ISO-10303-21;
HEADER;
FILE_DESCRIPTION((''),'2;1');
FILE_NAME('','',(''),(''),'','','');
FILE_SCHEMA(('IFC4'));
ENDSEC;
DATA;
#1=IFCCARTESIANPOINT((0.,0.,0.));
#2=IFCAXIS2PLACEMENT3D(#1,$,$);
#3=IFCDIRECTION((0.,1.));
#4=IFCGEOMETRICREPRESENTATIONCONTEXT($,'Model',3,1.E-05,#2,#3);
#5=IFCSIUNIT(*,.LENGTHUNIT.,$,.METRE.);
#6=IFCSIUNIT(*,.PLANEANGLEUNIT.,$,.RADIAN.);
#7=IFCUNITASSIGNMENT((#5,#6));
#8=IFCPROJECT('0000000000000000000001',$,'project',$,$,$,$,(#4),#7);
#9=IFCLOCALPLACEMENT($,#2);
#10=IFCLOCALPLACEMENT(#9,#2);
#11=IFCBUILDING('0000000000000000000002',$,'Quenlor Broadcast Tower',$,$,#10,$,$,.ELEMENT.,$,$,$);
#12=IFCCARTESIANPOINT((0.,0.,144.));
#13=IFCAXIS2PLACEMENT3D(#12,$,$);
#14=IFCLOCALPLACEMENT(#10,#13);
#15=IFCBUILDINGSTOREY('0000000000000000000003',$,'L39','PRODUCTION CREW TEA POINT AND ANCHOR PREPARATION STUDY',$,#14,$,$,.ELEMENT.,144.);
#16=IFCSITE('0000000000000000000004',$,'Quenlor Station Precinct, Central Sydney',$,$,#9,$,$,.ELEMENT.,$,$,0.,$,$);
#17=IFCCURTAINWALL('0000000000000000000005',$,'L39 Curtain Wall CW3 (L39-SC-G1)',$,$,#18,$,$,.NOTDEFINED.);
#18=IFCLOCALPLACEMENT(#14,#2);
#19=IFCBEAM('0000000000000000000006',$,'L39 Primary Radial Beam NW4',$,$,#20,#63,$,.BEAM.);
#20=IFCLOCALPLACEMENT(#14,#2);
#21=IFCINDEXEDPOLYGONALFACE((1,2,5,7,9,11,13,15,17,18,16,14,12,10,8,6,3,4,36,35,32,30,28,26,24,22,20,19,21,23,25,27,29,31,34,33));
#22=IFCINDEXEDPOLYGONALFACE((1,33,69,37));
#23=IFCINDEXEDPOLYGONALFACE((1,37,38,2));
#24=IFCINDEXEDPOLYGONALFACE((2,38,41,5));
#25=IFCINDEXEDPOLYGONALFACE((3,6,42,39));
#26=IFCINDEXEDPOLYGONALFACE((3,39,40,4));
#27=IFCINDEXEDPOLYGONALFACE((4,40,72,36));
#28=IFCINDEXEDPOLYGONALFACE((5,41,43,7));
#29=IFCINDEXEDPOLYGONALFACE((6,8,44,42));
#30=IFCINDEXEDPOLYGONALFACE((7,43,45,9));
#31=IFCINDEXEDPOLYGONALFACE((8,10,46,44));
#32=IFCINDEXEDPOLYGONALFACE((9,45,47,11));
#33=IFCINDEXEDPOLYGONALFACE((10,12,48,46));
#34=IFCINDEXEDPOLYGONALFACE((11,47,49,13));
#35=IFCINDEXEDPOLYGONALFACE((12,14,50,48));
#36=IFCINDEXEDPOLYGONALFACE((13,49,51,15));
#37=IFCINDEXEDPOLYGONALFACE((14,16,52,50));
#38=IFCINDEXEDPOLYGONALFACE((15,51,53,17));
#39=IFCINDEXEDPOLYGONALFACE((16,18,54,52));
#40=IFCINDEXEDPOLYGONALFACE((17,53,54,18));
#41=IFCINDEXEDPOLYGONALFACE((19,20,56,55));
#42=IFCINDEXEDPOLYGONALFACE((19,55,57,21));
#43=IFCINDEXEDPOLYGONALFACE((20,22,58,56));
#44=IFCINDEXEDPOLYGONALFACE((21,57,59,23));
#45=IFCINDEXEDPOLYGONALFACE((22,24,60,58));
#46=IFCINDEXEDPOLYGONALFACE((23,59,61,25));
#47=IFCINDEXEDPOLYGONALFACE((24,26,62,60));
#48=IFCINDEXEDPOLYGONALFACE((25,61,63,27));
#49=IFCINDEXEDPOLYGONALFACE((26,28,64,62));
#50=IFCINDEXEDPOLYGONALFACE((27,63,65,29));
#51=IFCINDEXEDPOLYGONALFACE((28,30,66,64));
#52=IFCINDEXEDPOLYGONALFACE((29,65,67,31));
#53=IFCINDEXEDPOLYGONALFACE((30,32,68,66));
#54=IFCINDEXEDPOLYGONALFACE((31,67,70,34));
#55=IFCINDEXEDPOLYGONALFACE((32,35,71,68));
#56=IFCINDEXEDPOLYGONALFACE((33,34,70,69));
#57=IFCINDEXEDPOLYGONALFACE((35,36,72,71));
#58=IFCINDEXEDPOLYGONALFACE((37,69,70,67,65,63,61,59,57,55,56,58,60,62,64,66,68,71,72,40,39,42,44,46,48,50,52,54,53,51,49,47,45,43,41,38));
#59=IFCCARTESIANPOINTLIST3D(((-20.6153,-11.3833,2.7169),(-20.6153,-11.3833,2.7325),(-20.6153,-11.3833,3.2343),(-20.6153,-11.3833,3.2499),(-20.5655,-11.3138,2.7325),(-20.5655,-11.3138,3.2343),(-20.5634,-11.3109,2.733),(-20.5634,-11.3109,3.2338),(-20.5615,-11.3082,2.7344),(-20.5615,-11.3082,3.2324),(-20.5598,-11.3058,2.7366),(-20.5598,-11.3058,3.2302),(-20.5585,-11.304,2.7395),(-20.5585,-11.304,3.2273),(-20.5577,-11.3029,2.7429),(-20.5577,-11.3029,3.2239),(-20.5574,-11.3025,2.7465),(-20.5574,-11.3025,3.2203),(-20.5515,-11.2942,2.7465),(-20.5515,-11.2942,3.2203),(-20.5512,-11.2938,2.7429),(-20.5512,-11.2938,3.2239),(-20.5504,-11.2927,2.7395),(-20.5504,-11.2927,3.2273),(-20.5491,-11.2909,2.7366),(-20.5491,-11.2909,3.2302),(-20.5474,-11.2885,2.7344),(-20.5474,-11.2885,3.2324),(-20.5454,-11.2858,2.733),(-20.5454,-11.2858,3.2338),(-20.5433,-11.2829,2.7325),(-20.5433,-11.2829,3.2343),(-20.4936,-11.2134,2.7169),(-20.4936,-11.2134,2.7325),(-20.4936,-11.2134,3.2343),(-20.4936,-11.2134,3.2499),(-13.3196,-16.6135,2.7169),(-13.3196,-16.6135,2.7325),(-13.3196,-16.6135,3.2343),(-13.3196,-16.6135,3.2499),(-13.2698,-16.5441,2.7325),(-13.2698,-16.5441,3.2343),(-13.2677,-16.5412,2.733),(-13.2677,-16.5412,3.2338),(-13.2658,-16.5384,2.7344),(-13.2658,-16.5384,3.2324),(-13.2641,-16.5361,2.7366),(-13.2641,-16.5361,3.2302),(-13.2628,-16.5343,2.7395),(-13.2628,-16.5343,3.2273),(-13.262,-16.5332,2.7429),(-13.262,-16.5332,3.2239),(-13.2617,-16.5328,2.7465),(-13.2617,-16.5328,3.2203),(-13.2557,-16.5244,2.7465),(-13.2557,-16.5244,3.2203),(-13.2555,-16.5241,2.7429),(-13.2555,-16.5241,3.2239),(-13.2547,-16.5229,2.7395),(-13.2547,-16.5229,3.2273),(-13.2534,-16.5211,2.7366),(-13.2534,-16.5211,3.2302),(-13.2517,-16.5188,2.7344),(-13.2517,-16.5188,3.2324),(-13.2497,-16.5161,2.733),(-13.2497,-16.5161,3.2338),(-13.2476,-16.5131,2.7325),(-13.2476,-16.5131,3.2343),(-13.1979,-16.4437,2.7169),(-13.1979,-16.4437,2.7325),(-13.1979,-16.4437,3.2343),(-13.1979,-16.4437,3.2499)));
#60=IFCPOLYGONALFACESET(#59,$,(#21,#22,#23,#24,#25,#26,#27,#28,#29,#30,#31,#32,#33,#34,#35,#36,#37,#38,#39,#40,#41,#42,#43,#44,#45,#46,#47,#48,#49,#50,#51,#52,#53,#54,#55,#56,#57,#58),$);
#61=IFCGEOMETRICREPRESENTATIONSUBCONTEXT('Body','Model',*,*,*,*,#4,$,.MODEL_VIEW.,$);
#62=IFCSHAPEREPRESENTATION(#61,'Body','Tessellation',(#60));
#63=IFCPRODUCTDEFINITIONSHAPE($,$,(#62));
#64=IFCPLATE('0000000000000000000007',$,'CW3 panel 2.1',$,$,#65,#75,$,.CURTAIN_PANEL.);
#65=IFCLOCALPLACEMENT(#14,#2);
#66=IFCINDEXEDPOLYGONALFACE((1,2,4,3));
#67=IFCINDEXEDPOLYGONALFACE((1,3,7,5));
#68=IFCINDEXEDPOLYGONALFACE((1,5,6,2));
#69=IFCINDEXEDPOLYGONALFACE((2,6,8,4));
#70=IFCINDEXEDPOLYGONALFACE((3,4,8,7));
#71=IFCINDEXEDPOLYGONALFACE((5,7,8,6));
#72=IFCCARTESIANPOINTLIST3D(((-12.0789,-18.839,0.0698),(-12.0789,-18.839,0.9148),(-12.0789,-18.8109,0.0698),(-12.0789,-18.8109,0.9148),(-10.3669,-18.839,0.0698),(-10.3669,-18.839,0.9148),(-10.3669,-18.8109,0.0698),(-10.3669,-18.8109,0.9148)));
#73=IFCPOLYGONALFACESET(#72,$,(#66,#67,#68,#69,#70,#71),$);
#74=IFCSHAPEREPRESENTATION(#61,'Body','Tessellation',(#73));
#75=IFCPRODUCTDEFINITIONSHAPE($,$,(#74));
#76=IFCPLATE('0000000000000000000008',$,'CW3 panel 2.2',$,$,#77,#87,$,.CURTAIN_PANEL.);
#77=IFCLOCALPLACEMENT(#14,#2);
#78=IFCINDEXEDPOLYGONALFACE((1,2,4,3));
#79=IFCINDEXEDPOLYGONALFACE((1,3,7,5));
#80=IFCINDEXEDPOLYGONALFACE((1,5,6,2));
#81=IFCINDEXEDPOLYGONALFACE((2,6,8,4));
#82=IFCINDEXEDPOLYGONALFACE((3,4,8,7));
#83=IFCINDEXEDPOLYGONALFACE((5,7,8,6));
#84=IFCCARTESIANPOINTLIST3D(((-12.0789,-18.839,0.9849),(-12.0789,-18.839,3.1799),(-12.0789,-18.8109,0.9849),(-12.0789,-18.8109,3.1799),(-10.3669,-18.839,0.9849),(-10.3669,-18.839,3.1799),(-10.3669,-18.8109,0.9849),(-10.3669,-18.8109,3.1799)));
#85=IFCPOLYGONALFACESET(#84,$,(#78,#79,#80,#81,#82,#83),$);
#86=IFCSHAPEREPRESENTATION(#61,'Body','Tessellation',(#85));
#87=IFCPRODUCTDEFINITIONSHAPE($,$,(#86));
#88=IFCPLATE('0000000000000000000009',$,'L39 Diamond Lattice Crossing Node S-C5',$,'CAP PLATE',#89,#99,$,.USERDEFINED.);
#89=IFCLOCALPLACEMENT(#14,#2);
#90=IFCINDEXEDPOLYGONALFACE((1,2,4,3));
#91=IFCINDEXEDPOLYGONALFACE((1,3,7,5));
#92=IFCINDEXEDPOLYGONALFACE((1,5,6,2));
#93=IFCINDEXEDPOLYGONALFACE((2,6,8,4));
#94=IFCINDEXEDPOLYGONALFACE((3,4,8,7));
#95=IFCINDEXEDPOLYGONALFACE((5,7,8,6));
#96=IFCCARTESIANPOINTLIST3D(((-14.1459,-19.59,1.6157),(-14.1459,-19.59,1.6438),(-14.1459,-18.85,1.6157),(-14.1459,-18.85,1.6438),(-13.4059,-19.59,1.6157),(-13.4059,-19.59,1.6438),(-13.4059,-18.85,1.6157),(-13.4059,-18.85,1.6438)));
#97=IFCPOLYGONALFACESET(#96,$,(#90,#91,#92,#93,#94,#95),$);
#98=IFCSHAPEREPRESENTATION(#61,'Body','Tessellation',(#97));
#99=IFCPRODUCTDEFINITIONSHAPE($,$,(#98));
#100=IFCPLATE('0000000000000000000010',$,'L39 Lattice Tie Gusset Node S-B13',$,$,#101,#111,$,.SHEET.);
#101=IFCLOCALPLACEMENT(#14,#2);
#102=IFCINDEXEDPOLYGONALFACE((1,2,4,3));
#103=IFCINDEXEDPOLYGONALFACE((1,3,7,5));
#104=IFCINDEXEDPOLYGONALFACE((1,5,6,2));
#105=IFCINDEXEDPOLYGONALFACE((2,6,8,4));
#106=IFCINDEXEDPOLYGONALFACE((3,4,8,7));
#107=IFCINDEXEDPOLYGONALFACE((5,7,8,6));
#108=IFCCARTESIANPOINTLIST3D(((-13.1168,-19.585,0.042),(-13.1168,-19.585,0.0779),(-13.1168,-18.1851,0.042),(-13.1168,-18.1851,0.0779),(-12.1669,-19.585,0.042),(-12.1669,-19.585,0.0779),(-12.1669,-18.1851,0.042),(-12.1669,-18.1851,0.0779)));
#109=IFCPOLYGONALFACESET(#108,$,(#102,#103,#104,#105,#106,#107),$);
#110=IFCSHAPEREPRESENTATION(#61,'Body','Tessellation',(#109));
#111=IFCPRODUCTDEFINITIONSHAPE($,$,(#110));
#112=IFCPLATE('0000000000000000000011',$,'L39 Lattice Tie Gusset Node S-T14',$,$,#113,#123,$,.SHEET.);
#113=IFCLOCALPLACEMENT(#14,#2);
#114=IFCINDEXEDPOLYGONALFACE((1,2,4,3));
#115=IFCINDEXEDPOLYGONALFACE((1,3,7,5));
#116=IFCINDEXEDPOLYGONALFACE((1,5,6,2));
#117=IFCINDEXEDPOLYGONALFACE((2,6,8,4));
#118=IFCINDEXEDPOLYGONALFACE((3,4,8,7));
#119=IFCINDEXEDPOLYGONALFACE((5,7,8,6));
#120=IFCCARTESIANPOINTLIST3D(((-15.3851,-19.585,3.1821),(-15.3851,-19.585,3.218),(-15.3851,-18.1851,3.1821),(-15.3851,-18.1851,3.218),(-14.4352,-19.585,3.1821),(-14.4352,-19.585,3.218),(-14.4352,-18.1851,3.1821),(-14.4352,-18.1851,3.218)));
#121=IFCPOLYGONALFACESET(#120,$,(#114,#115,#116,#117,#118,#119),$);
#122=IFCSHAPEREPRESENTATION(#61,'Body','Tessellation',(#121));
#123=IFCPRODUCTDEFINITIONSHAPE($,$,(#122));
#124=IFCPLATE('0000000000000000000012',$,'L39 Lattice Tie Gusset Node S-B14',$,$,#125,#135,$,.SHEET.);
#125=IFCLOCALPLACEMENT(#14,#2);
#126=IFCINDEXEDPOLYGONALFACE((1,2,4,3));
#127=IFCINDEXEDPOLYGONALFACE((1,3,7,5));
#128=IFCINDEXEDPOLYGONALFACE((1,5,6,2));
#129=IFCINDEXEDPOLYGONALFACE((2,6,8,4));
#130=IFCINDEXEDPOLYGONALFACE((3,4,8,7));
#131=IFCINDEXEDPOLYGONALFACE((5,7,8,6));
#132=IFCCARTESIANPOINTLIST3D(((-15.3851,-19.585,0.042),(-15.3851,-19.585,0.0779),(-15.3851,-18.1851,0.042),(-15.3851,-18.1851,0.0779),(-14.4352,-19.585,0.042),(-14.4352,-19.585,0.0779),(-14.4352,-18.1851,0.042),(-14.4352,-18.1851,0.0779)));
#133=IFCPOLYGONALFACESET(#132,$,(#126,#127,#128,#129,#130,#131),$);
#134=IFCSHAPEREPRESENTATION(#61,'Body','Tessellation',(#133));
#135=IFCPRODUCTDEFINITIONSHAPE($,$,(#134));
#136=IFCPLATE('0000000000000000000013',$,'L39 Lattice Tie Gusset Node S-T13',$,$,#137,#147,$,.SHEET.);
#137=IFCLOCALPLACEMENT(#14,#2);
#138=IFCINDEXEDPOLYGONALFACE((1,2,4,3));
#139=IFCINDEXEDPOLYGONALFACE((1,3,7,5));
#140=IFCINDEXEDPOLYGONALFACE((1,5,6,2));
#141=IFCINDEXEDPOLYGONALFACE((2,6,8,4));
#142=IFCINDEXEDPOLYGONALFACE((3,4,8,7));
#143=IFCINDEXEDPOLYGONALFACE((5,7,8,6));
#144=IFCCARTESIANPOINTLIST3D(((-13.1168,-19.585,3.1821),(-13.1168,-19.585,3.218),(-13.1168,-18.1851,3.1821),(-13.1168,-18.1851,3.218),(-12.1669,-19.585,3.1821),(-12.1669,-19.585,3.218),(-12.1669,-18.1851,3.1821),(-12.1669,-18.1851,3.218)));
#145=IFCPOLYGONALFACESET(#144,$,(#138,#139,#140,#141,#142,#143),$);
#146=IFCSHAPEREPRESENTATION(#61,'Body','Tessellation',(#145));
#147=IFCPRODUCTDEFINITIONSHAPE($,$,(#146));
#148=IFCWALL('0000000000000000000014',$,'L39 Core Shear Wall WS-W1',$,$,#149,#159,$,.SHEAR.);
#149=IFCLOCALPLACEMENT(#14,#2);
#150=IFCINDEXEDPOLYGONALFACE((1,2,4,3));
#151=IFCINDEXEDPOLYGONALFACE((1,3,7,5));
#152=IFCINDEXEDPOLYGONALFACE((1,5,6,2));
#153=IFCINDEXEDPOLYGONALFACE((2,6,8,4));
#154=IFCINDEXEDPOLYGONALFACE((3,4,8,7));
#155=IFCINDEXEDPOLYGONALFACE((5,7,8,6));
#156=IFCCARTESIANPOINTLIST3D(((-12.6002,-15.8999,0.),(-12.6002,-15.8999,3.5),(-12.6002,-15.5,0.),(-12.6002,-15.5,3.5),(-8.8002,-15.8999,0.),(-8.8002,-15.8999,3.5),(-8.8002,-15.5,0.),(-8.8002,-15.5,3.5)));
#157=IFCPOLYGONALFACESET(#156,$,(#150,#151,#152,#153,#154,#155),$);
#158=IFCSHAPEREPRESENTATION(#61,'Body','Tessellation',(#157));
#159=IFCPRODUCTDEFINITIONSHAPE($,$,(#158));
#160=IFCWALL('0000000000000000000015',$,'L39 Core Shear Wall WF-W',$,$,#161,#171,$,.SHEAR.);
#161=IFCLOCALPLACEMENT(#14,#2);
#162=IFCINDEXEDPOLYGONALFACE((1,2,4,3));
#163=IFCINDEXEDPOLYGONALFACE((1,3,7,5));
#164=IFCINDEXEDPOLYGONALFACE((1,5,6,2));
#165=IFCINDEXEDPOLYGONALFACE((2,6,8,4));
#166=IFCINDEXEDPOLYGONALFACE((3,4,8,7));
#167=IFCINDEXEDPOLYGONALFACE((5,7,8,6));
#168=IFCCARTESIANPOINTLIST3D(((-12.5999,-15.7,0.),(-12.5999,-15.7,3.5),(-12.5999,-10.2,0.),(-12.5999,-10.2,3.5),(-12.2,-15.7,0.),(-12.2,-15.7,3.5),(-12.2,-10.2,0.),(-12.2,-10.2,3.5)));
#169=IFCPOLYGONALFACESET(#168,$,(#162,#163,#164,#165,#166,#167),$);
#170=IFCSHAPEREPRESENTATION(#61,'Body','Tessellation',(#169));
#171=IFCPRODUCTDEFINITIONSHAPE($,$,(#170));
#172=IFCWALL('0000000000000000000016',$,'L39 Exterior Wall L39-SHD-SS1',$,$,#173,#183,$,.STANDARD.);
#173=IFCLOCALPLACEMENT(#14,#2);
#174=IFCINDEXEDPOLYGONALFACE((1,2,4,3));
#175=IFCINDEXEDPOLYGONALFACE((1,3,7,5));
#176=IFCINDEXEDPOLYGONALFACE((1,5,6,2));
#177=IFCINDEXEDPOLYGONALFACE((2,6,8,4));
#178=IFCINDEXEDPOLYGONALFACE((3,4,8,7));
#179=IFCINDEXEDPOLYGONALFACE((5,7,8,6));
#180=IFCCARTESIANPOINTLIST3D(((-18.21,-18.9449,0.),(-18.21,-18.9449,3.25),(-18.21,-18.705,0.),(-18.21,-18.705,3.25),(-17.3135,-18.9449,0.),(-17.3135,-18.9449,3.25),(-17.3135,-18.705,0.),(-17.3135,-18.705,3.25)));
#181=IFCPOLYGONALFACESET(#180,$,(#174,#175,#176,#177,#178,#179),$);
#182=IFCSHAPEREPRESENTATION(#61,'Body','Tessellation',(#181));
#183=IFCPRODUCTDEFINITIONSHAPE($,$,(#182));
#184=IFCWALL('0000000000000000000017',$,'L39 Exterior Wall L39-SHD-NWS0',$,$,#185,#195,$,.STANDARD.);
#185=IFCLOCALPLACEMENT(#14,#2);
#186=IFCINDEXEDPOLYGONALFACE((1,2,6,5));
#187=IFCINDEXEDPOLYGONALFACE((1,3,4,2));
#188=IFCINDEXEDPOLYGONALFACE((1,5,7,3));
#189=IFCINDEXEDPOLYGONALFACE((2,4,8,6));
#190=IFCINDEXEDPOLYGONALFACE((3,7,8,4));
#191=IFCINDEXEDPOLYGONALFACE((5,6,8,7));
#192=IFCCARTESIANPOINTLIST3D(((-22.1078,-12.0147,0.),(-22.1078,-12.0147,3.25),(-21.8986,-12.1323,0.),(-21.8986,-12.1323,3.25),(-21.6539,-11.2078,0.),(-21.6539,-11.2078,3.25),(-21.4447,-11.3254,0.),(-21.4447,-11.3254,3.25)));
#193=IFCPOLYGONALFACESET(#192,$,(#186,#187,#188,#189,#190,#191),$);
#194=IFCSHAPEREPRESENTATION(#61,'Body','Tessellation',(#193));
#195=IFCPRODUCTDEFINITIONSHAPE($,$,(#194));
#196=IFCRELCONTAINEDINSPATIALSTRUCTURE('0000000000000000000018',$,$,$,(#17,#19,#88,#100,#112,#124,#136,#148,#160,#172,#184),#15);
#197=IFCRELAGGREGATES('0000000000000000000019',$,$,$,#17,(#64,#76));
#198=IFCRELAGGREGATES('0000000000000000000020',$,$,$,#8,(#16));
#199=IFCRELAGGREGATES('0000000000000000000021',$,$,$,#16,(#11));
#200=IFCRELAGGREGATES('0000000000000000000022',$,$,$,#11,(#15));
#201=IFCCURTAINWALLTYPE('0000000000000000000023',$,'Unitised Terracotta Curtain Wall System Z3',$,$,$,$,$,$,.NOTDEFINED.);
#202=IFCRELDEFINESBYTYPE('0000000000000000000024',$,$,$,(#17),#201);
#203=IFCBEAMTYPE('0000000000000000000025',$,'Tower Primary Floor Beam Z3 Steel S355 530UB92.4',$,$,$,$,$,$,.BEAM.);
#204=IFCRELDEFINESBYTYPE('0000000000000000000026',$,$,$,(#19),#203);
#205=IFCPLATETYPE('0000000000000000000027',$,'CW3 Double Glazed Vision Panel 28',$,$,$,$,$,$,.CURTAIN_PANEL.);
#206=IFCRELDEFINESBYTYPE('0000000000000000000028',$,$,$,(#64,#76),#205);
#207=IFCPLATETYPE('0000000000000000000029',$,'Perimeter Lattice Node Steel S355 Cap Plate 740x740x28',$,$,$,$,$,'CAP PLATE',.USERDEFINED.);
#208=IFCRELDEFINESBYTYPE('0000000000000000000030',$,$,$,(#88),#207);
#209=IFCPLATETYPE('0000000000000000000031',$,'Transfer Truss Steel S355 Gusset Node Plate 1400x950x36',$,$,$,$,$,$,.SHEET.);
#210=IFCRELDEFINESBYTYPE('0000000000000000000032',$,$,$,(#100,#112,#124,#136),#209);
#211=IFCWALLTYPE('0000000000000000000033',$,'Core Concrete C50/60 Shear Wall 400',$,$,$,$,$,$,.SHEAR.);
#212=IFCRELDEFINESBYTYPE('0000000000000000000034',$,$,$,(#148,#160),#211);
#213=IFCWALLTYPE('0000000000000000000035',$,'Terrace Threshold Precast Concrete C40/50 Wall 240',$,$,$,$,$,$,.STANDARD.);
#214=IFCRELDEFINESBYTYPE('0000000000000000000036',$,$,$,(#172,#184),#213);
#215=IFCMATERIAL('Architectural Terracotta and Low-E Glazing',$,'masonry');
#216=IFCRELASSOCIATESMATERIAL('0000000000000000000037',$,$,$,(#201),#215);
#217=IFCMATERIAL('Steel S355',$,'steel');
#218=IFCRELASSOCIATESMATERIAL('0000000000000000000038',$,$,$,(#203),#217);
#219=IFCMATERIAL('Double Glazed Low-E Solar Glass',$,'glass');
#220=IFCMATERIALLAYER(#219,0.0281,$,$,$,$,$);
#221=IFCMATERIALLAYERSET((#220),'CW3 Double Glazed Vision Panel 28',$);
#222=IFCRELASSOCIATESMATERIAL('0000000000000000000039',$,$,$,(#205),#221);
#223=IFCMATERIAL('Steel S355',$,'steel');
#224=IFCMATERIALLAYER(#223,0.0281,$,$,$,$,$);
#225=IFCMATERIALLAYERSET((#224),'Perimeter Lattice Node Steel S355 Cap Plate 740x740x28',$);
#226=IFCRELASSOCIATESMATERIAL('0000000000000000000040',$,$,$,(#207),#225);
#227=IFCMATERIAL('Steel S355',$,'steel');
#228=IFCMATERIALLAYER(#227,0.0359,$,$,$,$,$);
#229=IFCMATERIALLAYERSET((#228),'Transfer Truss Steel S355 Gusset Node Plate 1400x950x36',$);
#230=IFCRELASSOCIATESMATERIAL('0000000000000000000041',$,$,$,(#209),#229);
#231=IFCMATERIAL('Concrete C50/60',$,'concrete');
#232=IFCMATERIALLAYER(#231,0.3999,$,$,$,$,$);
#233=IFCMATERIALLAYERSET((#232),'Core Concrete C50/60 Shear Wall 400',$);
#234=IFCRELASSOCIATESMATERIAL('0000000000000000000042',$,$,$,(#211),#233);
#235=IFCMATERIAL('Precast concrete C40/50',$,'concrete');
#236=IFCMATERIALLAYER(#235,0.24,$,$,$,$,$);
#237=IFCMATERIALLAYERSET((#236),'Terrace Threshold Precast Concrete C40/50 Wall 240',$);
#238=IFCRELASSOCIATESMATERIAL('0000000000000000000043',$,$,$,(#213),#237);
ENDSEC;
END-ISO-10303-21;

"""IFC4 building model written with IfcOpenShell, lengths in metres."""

from ifc_helpers import new_model, si_unit, direction, frame, frame_2d, origin, origin_2d, place, context, subcontext, project, spatial, rectangle, i_section, extrude, material, layer, layer_set, material_profile, profile_set, type_object, element, aggregate, save


model = new_model("IFC4")

# Units and contexts
model_context = context("Model", 3, precision=1e-05, world=origin(), true_north=direction((0.0, 1.0)))
body_context = subcontext(model_context, "Body", "Model", "MODEL_VIEW")
ifc_project = project(units=[si_unit("LENGTHUNIT", "METRE"), si_unit("PLANEANGLEUNIT", "RADIAN")], contexts=[model_context])

# Site, building, storey
site_placement = place(None, origin())
site = spatial("IfcSite", under=ifc_project, at=site_placement, Name="Quenlor Station Precinct, Central Sydney", CompositionType="ELEMENT", RefElevation=0.0)
building_placement = place(site_placement, origin())
building = spatial("IfcBuilding", under=site, at=building_placement, Name="Quenlor Broadcast Tower", CompositionType="ELEMENT")
storey_placement = place(building_placement, frame((0.0, 0.0, 144.0)))
storey = spatial("IfcBuildingStorey", under=building, at=storey_placement, Name="L39", Description="PRODUCTION CREW TEA POINT AND ANCHOR PREPARATION STUDY", CompositionType="ELEMENT", Elevation=144.0)

# Curtain wall
ifc_material_1 = material(Name="Architectural Terracotta and Low-E Glazing", Category="masonry")
curtain_wall_type = type_object("IfcCurtainWallType", Name="Unitised Terracotta Curtain Wall System Z3", PredefinedType="NOTDEFINED", material=ifc_material_1)
curtain_wall_placement = place(storey_placement, origin())
curtain_wall = element("IfcCurtainWall", 1, at=curtain_wall_placement, inside=storey, type_object=curtain_wall_type, Name="L39 Curtain Wall CW3 (L39-SC-G1)", PredefinedType="NOTDEFINED")

# Beam
ifc_material_2 = material(Name="Steel S355", Category="steel")
ifc_material_profile_1 = material_profile(ifc_material_2, i_section(OverallWidth=0.209, OverallDepth=0.533, WebThickness=0.0103, FlangeThickness=0.0156, FilletRadius=0.0139, at=origin_2d()))
ifc_profile_set_1 = profile_set([ifc_material_profile_1], Name="Steel S355 530UB92.4")
beam_type_1 = type_object("IfcBeamType", Name="Tower Primary Floor Beam Z3 Steel S355 530UB92.4", PredefinedType="BEAM", material=ifc_profile_set_1)
beam_1_placement = place(storey_placement, frame((-20.5544, -11.2983, 2.9834), z_axis=(0.812729, -0.582642, 0.0), x_axis=(0.582642, 0.812729, 0.0)))
element("IfcBeam", 2, at=beam_1_placement, inside=storey, type_object=beam_type_1, Name="L39 Primary Radial Beam NW4", PredefinedType="BEAM", context=body_context, shape_type="SweptSolid", body=[
    extrude(i_section(OverallWidth=0.209, OverallDepth=0.533, WebThickness=0.0103, FlangeThickness=0.0156, FilletRadius=0.0139, at=origin_2d()), origin(), (0.0, 0.0, 1.0), 8.9768),
])

# Plates
ifc_material_3 = material(Name="Double Glazed Low-E Solar Glass", Category="glass")
ifc_layer_1 = layer(ifc_material_3, 0.0281)
ifc_layer_set_1 = layer_set([ifc_layer_1], Name="CW3 Double Glazed Vision Panel 28")
plate_type_1 = type_object("IfcPlateType", Name="CW3 Double Glazed Vision Panel 28", PredefinedType="CURTAIN_PANEL", material=ifc_layer_set_1)
plate_1_placement = place(storey_placement, frame((-11.2229, -18.825, 0.0698), z_axis=(0.0, 0.0, 1.0), x_axis=(-1.0, 0.0, 0.0)))
plate_1 = element("IfcPlate", 3, at=plate_1_placement, type_object=plate_type_1, Name="CW3 panel 2.1", PredefinedType="CURTAIN_PANEL", context=body_context, shape_type="SweptSolid", body=[
    extrude(rectangle(XDim=1.7119, YDim=0.0281, at=origin_2d()), origin(), (0.0, 0.0, 1.0), 0.845),
])
plate_2_placement = place(storey_placement, frame((-11.2229, -18.825, 0.9849), z_axis=(0.0, 0.0, 1.0), x_axis=(-1.0, 0.0, 0.0)))
plate_2 = element("IfcPlate", 4, at=plate_2_placement, type_object=plate_type_1, Name="CW3 panel 2.2", PredefinedType="CURTAIN_PANEL", context=body_context, shape_type="SweptSolid", body=[
    extrude(rectangle(XDim=1.7119, YDim=0.0281, at=origin_2d()), origin(), (0.0, 0.0, 1.0), 2.1951),
])
aggregate(curtain_wall, [plate_1, plate_2])

# Plates
ifc_material_4 = material(Name="Steel S355", Category="steel")
ifc_layer_2 = layer(ifc_material_4, 0.0281)
ifc_layer_set_2 = layer_set([ifc_layer_2], Name="Perimeter Lattice Node Steel S355 Cap Plate 740x740x28")
plate_type_2 = type_object("IfcPlateType", Name="Perimeter Lattice Node Steel S355 Cap Plate 740x740x28", ElementType="CAP PLATE", PredefinedType="USERDEFINED", material=ifc_layer_set_2)
plate_3_placement = place(storey_placement, frame((-13.7759, -19.22, 1.6157), z_axis=(0.0, 0.0, 1.0), x_axis=(-1.0, 0.0, 0.0)))
element("IfcPlate", 5, at=plate_3_placement, inside=storey, type_object=plate_type_2, Name="L39 Diamond Lattice Crossing Node S-C5", ObjectType="CAP PLATE", PredefinedType="USERDEFINED", context=body_context, shape_type="SweptSolid", body=[
    extrude(rectangle(XDim=0.74, YDim=0.74, at=origin_2d()), origin(), (0.0, 0.0, 1.0), 0.0281),
])
ifc_material_5 = material(Name="Steel S355", Category="steel")
ifc_layer_3 = layer(ifc_material_5, 0.0359)
ifc_layer_set_3 = layer_set([ifc_layer_3], Name="Transfer Truss Steel S355 Gusset Node Plate 1400x950x36")
plate_type_3 = type_object("IfcPlateType", Name="Transfer Truss Steel S355 Gusset Node Plate 1400x950x36", PredefinedType="SHEET", material=ifc_layer_set_3)
for number, where, z_axis, x_axis, name in (
    (6, (-12.6418, -18.885, 0.042), (0.0, 0.0, 1.0), (0.0, -1.0, 0.0), "L39 Lattice Tie Gusset Node S-B13"),
    (7, (-14.9102, -18.885, 3.1821), (0.0, 0.0, 1.0), (0.0, -1.0, 0.0), "L39 Lattice Tie Gusset Node S-T14"),
    (8, (-14.9102, -18.885, 0.042), (0.0, 0.0, 1.0), (0.0, -1.0, 0.0), "L39 Lattice Tie Gusset Node S-B14"),
    (9, (-12.6418, -18.885, 3.1821), (0.0, 0.0, 1.0), (0.0, -1.0, 0.0), "L39 Lattice Tie Gusset Node S-T13"),
):
    element("IfcPlate", number, at=place(storey_placement, frame(where, z_axis=z_axis, x_axis=x_axis)), inside=storey, type_object=plate_type_3, Name=name, PredefinedType="SHEET", context=body_context, shape_type="SweptSolid", body=[
        extrude(rectangle(XDim=1.3999, YDim=0.95, at=origin_2d()), origin(), (0.0, 0.0, 1.0), 0.0359),
    ])

# Walls
ifc_material_6 = material(Name="Concrete C50/60", Category="concrete")
ifc_layer_4 = layer(ifc_material_6, 0.3999)
ifc_layer_set_4 = layer_set([ifc_layer_4], Name="Core Concrete C50/60 Shear Wall 400")
wall_type_1 = type_object("IfcWallType", Name="Core Concrete C50/60 Shear Wall 400", PredefinedType="SHEAR", material=ifc_layer_set_4)
wall_1_placement = place(storey_placement, frame((-12.6001, -15.7, 0.0), z_axis=(0.0, 0.0, 1.0), x_axis=(1.0, 0.0, 0.0)))
element("IfcWall", 10, at=wall_1_placement, inside=storey, type_object=wall_type_1, Name="L39 Core Shear Wall WS-W1", PredefinedType="SHEAR", context=body_context, shape_type="SweptSolid", body=[
    extrude(rectangle(XDim=3.8, YDim=0.3999, at=frame_2d((1.8999, 0.0))), origin(), (0.0, 0.0, 1.0), 3.5),
])
wall_2_placement = place(storey_placement, frame((-12.3999, -15.7, 0.0), z_axis=(0.0, 0.0, 1.0), x_axis=(0.0, 1.0, 0.0)))
element("IfcWall", 11, at=wall_2_placement, inside=storey, type_object=wall_type_1, Name="L39 Core Shear Wall WF-W", PredefinedType="SHEAR", context=body_context, shape_type="SweptSolid", body=[
    extrude(rectangle(XDim=5.5, YDim=0.3999, at=frame_2d((2.75, 0.0))), origin(), (0.0, 0.0, 1.0), 3.5),
])
ifc_material_7 = material(Name="Precast concrete C40/50", Category="concrete")
ifc_layer_5 = layer(ifc_material_7, 0.24)
ifc_layer_set_5 = layer_set([ifc_layer_5], Name="Terrace Threshold Precast Concrete C40/50 Wall 240")
wall_type_2 = type_object("IfcWallType", Name="Terrace Threshold Precast Concrete C40/50 Wall 240", PredefinedType="STANDARD", material=ifc_layer_set_5)
wall_3_placement = place(storey_placement, frame((-17.3135, -18.825, 0.0), z_axis=(0.0, 0.0, 1.0), x_axis=(-1.0, 0.0, 0.0)))
element("IfcWall", 12, at=wall_3_placement, inside=storey, type_object=wall_type_2, Name="L39 Exterior Wall L39-SHD-SS1", PredefinedType="STANDARD", context=body_context, shape_type="SweptSolid", body=[
    extrude(rectangle(XDim=0.8965, YDim=0.24, at=frame_2d((0.4482, 0.0))), origin(), (0.0, 0.0, 1.0), 3.25),
])
wall_4_placement = place(storey_placement, frame((-22.0032, -12.0735, 0.0), z_axis=(0.0, 0.0, 1.0), x_axis=(0.490249, 0.871583, 0.0)))
element("IfcWall", 13, at=wall_4_placement, inside=storey, type_object=wall_type_2, Name="L39 Exterior Wall L39-SHD-NWS0", PredefinedType="STANDARD", context=body_context, shape_type="SweptSolid", body=[
    extrude(rectangle(XDim=0.9258, YDim=0.24, at=frame_2d((0.4629, 0.0))), origin(), (0.0, 0.0, 1.0), 3.25),
])

save(model, "model.ifc")
